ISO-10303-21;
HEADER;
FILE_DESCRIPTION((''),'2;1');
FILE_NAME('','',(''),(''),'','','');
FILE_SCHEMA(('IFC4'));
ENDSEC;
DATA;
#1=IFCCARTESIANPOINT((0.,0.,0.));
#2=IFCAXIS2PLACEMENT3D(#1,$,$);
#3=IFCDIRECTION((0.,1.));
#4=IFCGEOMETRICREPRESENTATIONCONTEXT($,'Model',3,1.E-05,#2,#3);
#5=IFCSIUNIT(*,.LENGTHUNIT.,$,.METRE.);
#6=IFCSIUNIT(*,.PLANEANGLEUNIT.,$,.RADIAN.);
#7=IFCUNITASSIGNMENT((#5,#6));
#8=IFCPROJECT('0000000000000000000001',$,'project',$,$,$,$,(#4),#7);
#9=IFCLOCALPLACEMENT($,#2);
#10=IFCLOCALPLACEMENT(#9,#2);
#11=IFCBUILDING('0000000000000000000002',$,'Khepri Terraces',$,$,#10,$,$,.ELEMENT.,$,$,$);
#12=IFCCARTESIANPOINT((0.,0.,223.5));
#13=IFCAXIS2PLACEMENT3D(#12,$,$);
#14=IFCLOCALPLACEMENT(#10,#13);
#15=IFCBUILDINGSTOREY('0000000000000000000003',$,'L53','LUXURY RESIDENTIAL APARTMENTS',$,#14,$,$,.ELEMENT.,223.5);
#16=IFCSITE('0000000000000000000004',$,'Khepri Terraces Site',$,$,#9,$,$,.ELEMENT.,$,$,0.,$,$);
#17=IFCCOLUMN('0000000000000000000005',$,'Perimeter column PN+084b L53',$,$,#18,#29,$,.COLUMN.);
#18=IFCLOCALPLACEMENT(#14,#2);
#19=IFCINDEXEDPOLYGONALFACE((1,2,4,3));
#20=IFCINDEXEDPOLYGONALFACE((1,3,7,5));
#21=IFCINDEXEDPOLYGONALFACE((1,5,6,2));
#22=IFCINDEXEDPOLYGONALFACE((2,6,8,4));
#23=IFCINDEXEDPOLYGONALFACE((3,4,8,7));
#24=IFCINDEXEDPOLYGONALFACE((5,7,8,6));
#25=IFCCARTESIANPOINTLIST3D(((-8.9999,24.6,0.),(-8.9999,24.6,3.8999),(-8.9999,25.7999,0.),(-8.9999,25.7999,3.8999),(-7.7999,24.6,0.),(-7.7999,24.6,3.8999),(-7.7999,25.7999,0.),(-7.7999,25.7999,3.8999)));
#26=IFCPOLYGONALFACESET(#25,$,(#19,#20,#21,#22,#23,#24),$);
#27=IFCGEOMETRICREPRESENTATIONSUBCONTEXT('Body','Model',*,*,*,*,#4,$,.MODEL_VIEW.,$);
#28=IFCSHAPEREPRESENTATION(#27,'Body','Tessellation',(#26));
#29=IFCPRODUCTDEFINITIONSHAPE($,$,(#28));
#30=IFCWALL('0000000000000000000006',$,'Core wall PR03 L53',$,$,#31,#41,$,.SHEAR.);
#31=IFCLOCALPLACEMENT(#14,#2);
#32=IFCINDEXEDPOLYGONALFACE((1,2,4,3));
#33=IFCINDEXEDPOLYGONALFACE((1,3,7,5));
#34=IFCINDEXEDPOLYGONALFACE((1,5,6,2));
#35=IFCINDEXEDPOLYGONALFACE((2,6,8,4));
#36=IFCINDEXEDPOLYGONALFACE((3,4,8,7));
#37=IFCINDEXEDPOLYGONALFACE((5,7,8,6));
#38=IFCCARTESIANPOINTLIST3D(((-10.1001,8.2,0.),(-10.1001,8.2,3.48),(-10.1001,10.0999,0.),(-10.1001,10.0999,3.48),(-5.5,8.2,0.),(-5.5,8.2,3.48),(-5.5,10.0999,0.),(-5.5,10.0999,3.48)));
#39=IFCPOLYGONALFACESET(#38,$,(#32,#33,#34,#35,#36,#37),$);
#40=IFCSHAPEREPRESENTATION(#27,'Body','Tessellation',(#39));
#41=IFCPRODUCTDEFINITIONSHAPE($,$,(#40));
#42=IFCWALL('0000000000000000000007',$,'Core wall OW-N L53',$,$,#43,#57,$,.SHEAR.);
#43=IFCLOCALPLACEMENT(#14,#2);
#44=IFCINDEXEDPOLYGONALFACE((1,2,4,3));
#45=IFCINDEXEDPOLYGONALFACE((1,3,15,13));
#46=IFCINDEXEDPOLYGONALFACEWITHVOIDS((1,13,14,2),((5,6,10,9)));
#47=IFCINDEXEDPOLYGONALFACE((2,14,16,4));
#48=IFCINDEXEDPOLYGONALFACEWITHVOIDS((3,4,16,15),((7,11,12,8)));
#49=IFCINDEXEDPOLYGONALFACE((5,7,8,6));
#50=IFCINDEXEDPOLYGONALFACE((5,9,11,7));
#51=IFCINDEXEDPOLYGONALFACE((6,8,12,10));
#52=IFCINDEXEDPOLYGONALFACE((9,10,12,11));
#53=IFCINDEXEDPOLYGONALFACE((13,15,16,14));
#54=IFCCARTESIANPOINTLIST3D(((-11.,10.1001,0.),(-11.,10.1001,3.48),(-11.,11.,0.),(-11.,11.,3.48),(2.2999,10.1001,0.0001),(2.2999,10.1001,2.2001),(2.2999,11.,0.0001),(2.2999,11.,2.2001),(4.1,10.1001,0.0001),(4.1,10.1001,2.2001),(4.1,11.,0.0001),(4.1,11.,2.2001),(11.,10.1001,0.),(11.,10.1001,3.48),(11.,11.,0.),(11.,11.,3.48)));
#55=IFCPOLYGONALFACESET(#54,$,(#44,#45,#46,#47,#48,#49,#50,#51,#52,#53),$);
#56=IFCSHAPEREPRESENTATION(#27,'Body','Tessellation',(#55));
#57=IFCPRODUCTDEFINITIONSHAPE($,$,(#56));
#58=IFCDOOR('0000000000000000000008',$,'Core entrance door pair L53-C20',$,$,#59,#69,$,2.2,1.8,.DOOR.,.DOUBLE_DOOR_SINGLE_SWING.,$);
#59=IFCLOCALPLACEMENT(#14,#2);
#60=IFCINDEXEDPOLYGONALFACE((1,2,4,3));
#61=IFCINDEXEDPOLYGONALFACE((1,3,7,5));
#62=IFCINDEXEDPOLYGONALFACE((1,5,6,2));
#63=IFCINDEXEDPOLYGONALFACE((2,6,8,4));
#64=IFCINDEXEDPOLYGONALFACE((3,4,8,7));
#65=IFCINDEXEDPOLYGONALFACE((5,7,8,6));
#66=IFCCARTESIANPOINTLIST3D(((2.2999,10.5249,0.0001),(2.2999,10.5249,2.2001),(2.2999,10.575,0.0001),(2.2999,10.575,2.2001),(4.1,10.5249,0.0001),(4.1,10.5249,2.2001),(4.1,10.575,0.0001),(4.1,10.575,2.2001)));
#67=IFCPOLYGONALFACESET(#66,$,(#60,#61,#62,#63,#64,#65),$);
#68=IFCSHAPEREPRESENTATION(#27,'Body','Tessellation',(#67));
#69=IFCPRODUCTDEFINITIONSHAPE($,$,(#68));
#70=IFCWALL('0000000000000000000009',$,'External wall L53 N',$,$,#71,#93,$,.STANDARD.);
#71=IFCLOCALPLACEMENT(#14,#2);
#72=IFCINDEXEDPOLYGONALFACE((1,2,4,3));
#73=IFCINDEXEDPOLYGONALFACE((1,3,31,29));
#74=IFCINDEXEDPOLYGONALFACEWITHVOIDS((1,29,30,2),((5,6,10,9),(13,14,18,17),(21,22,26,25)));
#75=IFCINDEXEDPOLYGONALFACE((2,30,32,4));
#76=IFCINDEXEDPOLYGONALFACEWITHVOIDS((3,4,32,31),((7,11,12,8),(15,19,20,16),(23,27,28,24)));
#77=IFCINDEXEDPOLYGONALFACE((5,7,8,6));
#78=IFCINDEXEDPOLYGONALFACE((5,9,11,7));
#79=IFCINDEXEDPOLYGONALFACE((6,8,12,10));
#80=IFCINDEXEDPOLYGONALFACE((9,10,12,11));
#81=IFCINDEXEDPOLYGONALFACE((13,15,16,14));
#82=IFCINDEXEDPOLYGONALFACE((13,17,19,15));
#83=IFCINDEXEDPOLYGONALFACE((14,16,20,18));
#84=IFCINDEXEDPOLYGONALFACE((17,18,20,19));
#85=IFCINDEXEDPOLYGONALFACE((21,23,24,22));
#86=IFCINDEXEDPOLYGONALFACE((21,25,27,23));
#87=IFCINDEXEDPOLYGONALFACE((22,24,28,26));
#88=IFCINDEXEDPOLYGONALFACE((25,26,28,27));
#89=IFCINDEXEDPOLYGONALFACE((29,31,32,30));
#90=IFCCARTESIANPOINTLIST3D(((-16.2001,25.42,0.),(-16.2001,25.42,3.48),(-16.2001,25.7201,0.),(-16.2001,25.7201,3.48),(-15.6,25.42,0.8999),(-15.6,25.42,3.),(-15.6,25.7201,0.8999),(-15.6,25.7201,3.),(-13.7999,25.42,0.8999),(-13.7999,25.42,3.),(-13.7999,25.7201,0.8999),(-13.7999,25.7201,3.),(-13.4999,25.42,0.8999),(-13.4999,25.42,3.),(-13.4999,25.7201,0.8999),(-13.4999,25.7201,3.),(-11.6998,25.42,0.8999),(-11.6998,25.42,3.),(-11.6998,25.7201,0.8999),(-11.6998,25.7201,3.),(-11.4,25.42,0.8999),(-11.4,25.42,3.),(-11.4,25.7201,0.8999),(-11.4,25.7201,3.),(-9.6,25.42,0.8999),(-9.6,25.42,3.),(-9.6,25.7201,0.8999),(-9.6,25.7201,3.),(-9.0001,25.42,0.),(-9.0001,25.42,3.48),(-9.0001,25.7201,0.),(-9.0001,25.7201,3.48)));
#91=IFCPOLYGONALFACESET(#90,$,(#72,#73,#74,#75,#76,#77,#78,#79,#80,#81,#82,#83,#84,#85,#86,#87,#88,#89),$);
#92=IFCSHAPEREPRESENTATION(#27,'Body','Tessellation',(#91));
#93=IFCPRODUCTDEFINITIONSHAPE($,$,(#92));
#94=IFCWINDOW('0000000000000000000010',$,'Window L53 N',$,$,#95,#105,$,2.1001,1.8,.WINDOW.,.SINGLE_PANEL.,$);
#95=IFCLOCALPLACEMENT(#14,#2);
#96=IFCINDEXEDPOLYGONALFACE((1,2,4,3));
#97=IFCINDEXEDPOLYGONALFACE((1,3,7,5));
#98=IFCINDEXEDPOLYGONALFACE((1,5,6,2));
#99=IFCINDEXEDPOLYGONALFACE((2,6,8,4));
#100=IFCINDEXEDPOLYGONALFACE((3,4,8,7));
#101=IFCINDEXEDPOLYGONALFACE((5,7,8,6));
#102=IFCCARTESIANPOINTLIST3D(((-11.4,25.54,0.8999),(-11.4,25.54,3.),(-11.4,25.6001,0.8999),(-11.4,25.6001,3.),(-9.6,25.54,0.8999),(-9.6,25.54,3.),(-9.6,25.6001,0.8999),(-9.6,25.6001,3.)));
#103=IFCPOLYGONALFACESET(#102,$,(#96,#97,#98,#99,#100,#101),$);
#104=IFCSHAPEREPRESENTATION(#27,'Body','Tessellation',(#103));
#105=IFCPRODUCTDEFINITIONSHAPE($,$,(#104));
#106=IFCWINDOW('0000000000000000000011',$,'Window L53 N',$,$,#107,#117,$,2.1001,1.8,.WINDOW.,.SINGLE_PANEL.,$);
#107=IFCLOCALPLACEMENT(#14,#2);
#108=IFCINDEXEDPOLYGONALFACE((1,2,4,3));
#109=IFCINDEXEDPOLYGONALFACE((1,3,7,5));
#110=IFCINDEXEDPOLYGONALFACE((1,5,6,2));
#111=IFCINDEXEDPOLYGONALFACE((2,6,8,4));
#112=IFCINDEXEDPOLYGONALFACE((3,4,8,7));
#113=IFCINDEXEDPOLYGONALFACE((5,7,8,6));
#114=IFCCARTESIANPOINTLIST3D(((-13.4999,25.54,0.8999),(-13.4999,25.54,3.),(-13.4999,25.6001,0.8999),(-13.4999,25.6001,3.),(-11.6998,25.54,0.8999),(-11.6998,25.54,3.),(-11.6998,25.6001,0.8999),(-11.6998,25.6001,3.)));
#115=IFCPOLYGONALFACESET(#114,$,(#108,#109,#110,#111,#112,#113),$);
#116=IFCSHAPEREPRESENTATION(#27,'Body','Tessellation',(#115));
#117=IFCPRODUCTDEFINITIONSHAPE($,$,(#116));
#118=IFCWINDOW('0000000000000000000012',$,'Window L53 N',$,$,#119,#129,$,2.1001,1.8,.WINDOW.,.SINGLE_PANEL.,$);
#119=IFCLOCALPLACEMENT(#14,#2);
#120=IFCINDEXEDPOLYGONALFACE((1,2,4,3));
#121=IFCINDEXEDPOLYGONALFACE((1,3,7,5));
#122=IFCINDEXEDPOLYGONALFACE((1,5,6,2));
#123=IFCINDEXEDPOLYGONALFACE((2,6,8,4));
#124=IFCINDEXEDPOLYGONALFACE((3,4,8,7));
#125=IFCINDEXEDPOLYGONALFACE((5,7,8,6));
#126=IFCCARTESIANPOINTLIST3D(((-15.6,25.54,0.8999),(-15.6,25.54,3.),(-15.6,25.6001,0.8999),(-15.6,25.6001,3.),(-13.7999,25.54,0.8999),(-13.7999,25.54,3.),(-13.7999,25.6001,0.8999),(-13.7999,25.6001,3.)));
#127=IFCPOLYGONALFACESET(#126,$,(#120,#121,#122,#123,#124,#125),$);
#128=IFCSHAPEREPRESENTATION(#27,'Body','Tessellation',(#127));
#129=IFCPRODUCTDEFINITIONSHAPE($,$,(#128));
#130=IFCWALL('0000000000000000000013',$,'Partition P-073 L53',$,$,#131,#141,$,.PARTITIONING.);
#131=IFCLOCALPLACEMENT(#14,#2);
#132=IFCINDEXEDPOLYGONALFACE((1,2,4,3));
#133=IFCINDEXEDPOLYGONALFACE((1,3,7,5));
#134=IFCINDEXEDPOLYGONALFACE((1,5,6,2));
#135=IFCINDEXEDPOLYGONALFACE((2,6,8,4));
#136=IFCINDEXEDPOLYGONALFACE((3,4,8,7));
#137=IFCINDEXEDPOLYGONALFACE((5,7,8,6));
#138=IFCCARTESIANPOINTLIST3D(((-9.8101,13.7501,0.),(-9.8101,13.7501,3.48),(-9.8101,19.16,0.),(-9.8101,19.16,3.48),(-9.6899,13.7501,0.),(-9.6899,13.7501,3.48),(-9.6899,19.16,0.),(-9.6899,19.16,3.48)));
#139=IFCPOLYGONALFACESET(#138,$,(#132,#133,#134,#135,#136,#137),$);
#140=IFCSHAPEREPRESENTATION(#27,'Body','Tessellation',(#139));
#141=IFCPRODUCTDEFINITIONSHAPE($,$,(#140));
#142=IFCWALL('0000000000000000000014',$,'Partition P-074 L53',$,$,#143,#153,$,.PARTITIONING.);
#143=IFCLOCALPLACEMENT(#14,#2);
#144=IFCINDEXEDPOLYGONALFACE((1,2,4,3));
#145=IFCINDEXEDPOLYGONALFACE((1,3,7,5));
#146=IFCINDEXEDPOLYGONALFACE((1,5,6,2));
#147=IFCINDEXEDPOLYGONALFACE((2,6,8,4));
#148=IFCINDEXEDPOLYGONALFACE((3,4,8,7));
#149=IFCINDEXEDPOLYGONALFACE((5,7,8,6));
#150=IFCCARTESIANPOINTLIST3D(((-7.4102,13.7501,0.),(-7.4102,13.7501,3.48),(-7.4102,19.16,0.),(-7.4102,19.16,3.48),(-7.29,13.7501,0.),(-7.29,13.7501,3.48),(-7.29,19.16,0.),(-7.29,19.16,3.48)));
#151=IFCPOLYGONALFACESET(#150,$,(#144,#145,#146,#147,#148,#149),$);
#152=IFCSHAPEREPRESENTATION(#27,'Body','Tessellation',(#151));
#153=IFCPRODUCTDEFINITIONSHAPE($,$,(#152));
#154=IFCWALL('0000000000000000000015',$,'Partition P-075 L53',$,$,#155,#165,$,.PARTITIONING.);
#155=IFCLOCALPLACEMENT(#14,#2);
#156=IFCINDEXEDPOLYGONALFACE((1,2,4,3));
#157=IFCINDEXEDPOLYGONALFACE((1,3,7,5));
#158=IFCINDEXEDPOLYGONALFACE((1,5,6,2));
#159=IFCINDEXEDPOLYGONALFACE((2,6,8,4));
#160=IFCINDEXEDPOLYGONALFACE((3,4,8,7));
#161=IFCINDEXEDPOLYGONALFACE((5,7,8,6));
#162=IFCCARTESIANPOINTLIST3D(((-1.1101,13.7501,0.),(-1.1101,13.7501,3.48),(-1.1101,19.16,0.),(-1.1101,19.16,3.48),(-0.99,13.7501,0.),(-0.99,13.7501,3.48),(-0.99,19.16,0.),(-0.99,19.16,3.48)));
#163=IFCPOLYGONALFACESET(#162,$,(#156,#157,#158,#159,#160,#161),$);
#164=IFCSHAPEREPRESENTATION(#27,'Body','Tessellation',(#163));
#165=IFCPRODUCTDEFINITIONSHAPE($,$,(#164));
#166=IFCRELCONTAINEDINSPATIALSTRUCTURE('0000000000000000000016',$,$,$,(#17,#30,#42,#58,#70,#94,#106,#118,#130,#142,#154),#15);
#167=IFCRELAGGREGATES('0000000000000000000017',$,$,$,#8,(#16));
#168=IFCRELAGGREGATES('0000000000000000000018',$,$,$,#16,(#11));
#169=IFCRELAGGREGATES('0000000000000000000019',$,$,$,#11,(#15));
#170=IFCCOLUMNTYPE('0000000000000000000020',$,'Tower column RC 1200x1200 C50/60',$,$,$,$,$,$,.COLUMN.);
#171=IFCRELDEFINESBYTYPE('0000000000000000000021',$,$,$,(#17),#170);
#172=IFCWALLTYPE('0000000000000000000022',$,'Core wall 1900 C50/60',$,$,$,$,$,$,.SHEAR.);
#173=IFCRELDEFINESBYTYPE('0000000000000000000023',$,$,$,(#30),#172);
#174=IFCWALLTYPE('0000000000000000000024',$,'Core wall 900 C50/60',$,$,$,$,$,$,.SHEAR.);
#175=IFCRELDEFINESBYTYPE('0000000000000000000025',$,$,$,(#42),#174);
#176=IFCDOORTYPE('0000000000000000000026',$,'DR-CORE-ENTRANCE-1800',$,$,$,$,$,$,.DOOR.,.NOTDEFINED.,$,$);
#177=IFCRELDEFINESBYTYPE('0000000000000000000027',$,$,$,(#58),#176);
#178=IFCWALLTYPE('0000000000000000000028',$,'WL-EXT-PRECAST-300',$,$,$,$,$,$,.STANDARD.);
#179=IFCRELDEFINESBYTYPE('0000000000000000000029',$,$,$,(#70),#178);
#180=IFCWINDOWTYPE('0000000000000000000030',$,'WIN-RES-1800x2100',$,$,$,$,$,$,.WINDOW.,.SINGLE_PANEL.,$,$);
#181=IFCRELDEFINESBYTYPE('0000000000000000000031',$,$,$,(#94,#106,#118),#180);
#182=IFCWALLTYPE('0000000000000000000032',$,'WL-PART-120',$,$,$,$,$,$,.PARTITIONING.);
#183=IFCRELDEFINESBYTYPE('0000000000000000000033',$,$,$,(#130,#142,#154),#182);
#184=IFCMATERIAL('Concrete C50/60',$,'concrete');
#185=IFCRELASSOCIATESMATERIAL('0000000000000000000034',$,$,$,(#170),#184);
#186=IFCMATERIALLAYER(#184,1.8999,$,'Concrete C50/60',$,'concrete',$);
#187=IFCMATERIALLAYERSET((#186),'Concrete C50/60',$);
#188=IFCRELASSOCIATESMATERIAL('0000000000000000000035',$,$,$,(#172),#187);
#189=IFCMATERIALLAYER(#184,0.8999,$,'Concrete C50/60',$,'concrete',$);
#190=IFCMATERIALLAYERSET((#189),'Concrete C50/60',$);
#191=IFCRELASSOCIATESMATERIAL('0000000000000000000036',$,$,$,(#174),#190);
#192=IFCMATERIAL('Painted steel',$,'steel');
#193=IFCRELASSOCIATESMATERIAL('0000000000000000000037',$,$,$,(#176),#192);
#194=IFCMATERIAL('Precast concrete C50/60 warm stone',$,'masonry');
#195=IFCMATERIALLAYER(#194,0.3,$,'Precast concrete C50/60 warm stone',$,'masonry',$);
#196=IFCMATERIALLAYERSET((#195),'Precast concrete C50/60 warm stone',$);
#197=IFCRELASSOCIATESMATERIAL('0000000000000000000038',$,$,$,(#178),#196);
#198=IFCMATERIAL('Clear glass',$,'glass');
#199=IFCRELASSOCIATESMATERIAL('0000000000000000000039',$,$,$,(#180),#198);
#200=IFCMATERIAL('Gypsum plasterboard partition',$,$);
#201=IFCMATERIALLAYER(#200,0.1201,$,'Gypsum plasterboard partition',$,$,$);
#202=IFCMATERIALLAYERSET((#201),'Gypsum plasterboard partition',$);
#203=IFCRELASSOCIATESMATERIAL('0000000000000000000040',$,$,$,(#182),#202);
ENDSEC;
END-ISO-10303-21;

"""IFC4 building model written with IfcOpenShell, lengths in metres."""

from ifc_helpers import new_model, si_unit, direction, frame, frame_2d, origin, origin_2d, place, context, subcontext, project, spatial, rectangle, extrude, material, layer, layer_set, material_profile, profile_set, type_object, element, fill, save


model = new_model("IFC4")

# Units and contexts
model_context = context("Model", 3, precision=1e-05, world=origin(), true_north=direction((0.0, 1.0)))
body_context = subcontext(model_context, "Body", "Model", "MODEL_VIEW")
ifc_project = project(units=[si_unit("LENGTHUNIT", "METRE"), si_unit("PLANEANGLEUNIT", "RADIAN")], contexts=[model_context])

# Site, building, storey
site_placement = place(None, origin())
site = spatial("IfcSite", under=ifc_project, at=site_placement, Name="Khepri Terraces Site", CompositionType="ELEMENT", RefElevation=0.0)
building_placement = place(site_placement, origin())
building = spatial("IfcBuilding", under=site, at=building_placement, Name="Khepri Terraces", CompositionType="ELEMENT")
storey_placement = place(building_placement, frame((0.0, 0.0, 223.5)))
storey = spatial("IfcBuildingStorey", under=building, at=storey_placement, Name="L53", Description="LUXURY RESIDENTIAL APARTMENTS", CompositionType="ELEMENT", Elevation=223.5)

# Column
ifc_material_1 = material(Name="Concrete C50/60", Category="concrete")
ifc_material_profile = material_profile(ifc_material_1, rectangle(XDim=1.2, YDim=1.2, at=origin_2d()), Name="Concrete C50/60", Category="concrete")
ifc_profile_set = profile_set([ifc_material_profile], Name="Concrete C50/60")
column_type = type_object("IfcColumnType", Name="Tower column RC 1200x1200 C50/60", PredefinedType="COLUMN", material=ifc_profile_set)
column_placement = place(storey_placement, frame((-8.3999, 25.2, 0.0), z_axis=(0.0, 0.0, 1.0), x_axis=(1.0, 0.0, 0.0)))
element("IfcColumn", 1, at=column_placement, inside=storey, type_object=column_type, Name="Perimeter column PN+084b L53", PredefinedType="COLUMN", context=body_context, shape_type="SweptSolid", body=[
    extrude(rectangle(XDim=1.2, YDim=1.2, at=origin_2d()), origin(), (0.0, 0.0, 1.0), 3.8999),
])

# Wall
ifc_layer_1 = layer(ifc_material_1, 1.8999, Name="Concrete C50/60", Category="concrete")
ifc_layer_set_1 = layer_set([ifc_layer_1], Name="Concrete C50/60")
wall_type_1 = type_object("IfcWallType", Name="Core wall 1900 C50/60", PredefinedType="SHEAR", material=ifc_layer_set_1)
wall_1_placement = place(storey_placement, frame((-10.1001, 9.1499, 0.0), z_axis=(0.0, 0.0, 1.0), x_axis=(1.0, 0.0, 0.0)))
element("IfcWall", 2, at=wall_1_placement, inside=storey, type_object=wall_type_1, Name="Core wall PR03 L53", PredefinedType="SHEAR", context=body_context, shape_type="SweptSolid", body=[
    extrude(rectangle(XDim=4.6001, YDim=1.8999, at=frame_2d((2.3, 0.0))), origin(), (0.0, 0.0, 1.0), 3.48),
])

# Wall, opening, door
ifc_layer_2 = layer(ifc_material_1, 0.8999, Name="Concrete C50/60", Category="concrete")
ifc_layer_set_2 = layer_set([ifc_layer_2], Name="Concrete C50/60")
wall_type_2 = type_object("IfcWallType", Name="Core wall 900 C50/60", PredefinedType="SHEAR", material=ifc_layer_set_2)
wall_2_placement = place(storey_placement, frame((-11.0, 10.55, 0.0), z_axis=(0.0, 0.0, 1.0), x_axis=(1.0, 0.0, 0.0)))
wall_2 = element("IfcWall", 3, at=wall_2_placement, inside=storey, type_object=wall_type_2, Name="Core wall OW-N L53", PredefinedType="SHEAR", context=body_context, shape_type="SweptSolid", body=[
    extrude(rectangle(XDim=22.0, YDim=0.8999, at=frame_2d((11.0, 0.0))), origin(), (0.0, 0.0, 1.0), 3.48),
])
opening_1_placement = place(wall_2_placement, frame((13.3, 0.0, 0.0)))
opening_1 = element("IfcOpeningElement", 4, at=opening_1_placement, cuts=wall_2, PredefinedType="OPENING", context=body_context, shape_type="SweptSolid", body=[
    extrude(rectangle(XDim=1.8, YDim=2.2, at=frame_2d((0.8999, 1.1001))), frame((0.0, 0.46, 0.0), z_axis=(0.0, -1.0, 0.0), x_axis=(1.0, 0.0, 0.0)), (0.0, 0.0, 1.0), 0.9199),
])
ifc_material_2 = material(Name="Painted steel", Category="steel")
door_type_1 = type_object("IfcDoorType", Name="DR-CORE-ENTRANCE-1800", OperationType="NOTDEFINED", PredefinedType="DOOR", material=ifc_material_2)
door_1_placement = place(opening_1_placement, origin())
door_1 = element("IfcDoor", 5, at=door_1_placement, inside=storey, type_object=door_type_1, Name="Core entrance door pair L53-C20", OperationType="DOUBLE_DOOR_SINGLE_SWING", OverallHeight=2.2, OverallWidth=1.8, PredefinedType="DOOR", context=body_context, shape_type="SweptSolid", body=[
    extrude(rectangle(XDim=1.8, YDim=2.2, at=frame_2d((0.8999, 1.1001))), frame((0.0, 0.0249, 0.0), z_axis=(0.0, -1.0, 0.0), x_axis=(1.0, 0.0, 0.0)), (0.0, 0.0, 1.0), 0.05),
])
fill(opening_1, door_1)

# Shared definitions
ifc_material_3 = material(Name="Precast concrete C50/60 warm stone", Category="masonry")
ifc_layer_3 = layer(ifc_material_3, 0.3, Name="Precast concrete C50/60 warm stone", Category="masonry")
ifc_layer_set_3 = layer_set([ifc_layer_3], Name="Precast concrete C50/60 warm stone")
wall_type_3 = type_object("IfcWallType", Name="WL-EXT-PRECAST-300", PredefinedType="STANDARD", material=ifc_layer_set_3)
ifc_material_4 = material(Name="Clear glass", Category="glass")
window_type = type_object("IfcWindowType", Name="WIN-RES-1800x2100", PartitioningType="SINGLE_PANEL", PredefinedType="WINDOW", material=ifc_material_4)

# Wall, openings, windows
wall_3_placement = place(storey_placement, frame((-9.0, 25.5701, 0.0), z_axis=(0.0, 0.0, 1.0), x_axis=(-1.0, 0.0, 0.0)))
wall_3 = element("IfcWall", 6, at=wall_3_placement, inside=storey, type_object=wall_type_3, Name="External wall L53 N", PredefinedType="STANDARD", context=body_context, shape_type="SweptSolid", body=[
    extrude(rectangle(XDim=7.2, YDim=0.3, at=frame_2d((3.6001, 0.0))), origin(), (0.0, 0.0, 1.0), 3.48),
])
opening_2_placement = place(wall_3_placement, frame((0.6001, 0.0, 0.8999)))
opening_2 = element("IfcOpeningElement", 7, at=opening_2_placement, cuts=wall_3, PredefinedType="OPENING", context=body_context, shape_type="SweptSolid", body=[
    extrude(rectangle(XDim=1.8, YDim=2.1001, at=frame_2d((0.8999, 1.05))), frame((0.0, 0.1602, 0.0), z_axis=(0.0, -1.0, 0.0), x_axis=(1.0, 0.0, 0.0)), (0.0, 0.0, 1.0), 0.3201),
])
opening_3_placement = place(wall_3_placement, frame((2.7, 0.0, 0.8999)))
opening_3 = element("IfcOpeningElement", 8, at=opening_3_placement, cuts=wall_3, PredefinedType="OPENING", context=body_context, shape_type="SweptSolid", body=[
    extrude(rectangle(XDim=1.8, YDim=2.1001, at=frame_2d((0.8999, 1.05))), frame((0.0, 0.1602, 0.0), z_axis=(0.0, -1.0, 0.0), x_axis=(1.0, 0.0, 0.0)), (0.0, 0.0, 1.0), 0.3201),
])
opening_4_placement = place(wall_3_placement, frame((4.8, 0.0, 0.8999)))
opening_4 = element("IfcOpeningElement", 9, at=opening_4_placement, cuts=wall_3, PredefinedType="OPENING", context=body_context, shape_type="SweptSolid", body=[
    extrude(rectangle(XDim=1.8, YDim=2.1001, at=frame_2d((0.8999, 1.05))), frame((0.0, 0.1602, 0.0), z_axis=(0.0, -1.0, 0.0), x_axis=(1.0, 0.0, 0.0)), (0.0, 0.0, 1.0), 0.3201),
])
window_1_placement = place(opening_2_placement, origin())
window_1 = element("IfcWindow", 10, at=window_1_placement, inside=storey, type_object=window_type, Name="Window L53 N", OverallHeight=2.1001, OverallWidth=1.8, PartitioningType="SINGLE_PANEL", PredefinedType="WINDOW", context=body_context, shape_type="SweptSolid", body=[
    extrude(rectangle(XDim=1.8, YDim=2.1001, at=frame_2d((0.8999, 1.05))), frame((0.0, 0.03, 0.0), z_axis=(0.0, -1.0, 0.0), x_axis=(1.0, 0.0, 0.0)), (0.0, 0.0, 1.0), 0.0601),
])
fill(opening_2, window_1)
window_2_placement = place(opening_3_placement, origin())
window_2 = element("IfcWindow", 11, at=window_2_placement, inside=storey, type_object=window_type, Name="Window L53 N", OverallHeight=2.1001, OverallWidth=1.8, PartitioningType="SINGLE_PANEL", PredefinedType="WINDOW", context=body_context, shape_type="SweptSolid", body=[
    extrude(rectangle(XDim=1.8, YDim=2.1001, at=frame_2d((0.8999, 1.05))), frame((0.0, 0.03, 0.0), z_axis=(0.0, -1.0, 0.0), x_axis=(1.0, 0.0, 0.0)), (0.0, 0.0, 1.0), 0.0601),
])
fill(opening_3, window_2)
window_3_placement = place(opening_4_placement, origin())
window_3 = element("IfcWindow", 12, at=window_3_placement, inside=storey, type_object=window_type, Name="Window L53 N", OverallHeight=2.1001, OverallWidth=1.8, PartitioningType="SINGLE_PANEL", PredefinedType="WINDOW", context=body_context, shape_type="SweptSolid", body=[
    extrude(rectangle(XDim=1.8, YDim=2.1001, at=frame_2d((0.8999, 1.05))), frame((0.0, 0.03, 0.0), z_axis=(0.0, -1.0, 0.0), x_axis=(1.0, 0.0, 0.0)), (0.0, 0.0, 1.0), 0.0601),
])
fill(opening_4, window_3)

# Walls
ifc_material_5 = material(Name="Gypsum plasterboard partition")
ifc_layer_4 = layer(ifc_material_5, 0.1201, Name="Gypsum plasterboard partition")
ifc_layer_set_4 = layer_set([ifc_layer_4], Name="Gypsum plasterboard partition")
wall_type_4 = type_object("IfcWallType", Name="WL-PART-120", PredefinedType="PARTITIONING", material=ifc_layer_set_4)
for number, where, z_axis, x_axis, name in (
    (13, (-9.75, 13.75, 0.0), (0.0, 0.0, 1.0), (0.0, 1.0, 0.0), "Partition P-073 L53"),
    (14, (-7.3501, 13.75, 0.0), (0.0, 0.0, 1.0), (0.0, 1.0, 0.0), "Partition P-074 L53"),
    (15, (-1.05, 13.75, 0.0), (0.0, 0.0, 1.0), (0.0, 1.0, 0.0), "Partition P-075 L53"),
):
    element("IfcWall", number, at=place(storey_placement, frame(where, z_axis=z_axis, x_axis=x_axis)), inside=storey, type_object=wall_type_4, Name=name, PredefinedType="PARTITIONING", context=body_context, shape_type="SweptSolid", body=[
        extrude(rectangle(XDim=5.4099, YDim=0.1201, at=frame_2d((2.7051, 0.0))), origin(), (0.0, 0.0, 1.0), 3.48),
    ])

save(model, "model.ifc")
